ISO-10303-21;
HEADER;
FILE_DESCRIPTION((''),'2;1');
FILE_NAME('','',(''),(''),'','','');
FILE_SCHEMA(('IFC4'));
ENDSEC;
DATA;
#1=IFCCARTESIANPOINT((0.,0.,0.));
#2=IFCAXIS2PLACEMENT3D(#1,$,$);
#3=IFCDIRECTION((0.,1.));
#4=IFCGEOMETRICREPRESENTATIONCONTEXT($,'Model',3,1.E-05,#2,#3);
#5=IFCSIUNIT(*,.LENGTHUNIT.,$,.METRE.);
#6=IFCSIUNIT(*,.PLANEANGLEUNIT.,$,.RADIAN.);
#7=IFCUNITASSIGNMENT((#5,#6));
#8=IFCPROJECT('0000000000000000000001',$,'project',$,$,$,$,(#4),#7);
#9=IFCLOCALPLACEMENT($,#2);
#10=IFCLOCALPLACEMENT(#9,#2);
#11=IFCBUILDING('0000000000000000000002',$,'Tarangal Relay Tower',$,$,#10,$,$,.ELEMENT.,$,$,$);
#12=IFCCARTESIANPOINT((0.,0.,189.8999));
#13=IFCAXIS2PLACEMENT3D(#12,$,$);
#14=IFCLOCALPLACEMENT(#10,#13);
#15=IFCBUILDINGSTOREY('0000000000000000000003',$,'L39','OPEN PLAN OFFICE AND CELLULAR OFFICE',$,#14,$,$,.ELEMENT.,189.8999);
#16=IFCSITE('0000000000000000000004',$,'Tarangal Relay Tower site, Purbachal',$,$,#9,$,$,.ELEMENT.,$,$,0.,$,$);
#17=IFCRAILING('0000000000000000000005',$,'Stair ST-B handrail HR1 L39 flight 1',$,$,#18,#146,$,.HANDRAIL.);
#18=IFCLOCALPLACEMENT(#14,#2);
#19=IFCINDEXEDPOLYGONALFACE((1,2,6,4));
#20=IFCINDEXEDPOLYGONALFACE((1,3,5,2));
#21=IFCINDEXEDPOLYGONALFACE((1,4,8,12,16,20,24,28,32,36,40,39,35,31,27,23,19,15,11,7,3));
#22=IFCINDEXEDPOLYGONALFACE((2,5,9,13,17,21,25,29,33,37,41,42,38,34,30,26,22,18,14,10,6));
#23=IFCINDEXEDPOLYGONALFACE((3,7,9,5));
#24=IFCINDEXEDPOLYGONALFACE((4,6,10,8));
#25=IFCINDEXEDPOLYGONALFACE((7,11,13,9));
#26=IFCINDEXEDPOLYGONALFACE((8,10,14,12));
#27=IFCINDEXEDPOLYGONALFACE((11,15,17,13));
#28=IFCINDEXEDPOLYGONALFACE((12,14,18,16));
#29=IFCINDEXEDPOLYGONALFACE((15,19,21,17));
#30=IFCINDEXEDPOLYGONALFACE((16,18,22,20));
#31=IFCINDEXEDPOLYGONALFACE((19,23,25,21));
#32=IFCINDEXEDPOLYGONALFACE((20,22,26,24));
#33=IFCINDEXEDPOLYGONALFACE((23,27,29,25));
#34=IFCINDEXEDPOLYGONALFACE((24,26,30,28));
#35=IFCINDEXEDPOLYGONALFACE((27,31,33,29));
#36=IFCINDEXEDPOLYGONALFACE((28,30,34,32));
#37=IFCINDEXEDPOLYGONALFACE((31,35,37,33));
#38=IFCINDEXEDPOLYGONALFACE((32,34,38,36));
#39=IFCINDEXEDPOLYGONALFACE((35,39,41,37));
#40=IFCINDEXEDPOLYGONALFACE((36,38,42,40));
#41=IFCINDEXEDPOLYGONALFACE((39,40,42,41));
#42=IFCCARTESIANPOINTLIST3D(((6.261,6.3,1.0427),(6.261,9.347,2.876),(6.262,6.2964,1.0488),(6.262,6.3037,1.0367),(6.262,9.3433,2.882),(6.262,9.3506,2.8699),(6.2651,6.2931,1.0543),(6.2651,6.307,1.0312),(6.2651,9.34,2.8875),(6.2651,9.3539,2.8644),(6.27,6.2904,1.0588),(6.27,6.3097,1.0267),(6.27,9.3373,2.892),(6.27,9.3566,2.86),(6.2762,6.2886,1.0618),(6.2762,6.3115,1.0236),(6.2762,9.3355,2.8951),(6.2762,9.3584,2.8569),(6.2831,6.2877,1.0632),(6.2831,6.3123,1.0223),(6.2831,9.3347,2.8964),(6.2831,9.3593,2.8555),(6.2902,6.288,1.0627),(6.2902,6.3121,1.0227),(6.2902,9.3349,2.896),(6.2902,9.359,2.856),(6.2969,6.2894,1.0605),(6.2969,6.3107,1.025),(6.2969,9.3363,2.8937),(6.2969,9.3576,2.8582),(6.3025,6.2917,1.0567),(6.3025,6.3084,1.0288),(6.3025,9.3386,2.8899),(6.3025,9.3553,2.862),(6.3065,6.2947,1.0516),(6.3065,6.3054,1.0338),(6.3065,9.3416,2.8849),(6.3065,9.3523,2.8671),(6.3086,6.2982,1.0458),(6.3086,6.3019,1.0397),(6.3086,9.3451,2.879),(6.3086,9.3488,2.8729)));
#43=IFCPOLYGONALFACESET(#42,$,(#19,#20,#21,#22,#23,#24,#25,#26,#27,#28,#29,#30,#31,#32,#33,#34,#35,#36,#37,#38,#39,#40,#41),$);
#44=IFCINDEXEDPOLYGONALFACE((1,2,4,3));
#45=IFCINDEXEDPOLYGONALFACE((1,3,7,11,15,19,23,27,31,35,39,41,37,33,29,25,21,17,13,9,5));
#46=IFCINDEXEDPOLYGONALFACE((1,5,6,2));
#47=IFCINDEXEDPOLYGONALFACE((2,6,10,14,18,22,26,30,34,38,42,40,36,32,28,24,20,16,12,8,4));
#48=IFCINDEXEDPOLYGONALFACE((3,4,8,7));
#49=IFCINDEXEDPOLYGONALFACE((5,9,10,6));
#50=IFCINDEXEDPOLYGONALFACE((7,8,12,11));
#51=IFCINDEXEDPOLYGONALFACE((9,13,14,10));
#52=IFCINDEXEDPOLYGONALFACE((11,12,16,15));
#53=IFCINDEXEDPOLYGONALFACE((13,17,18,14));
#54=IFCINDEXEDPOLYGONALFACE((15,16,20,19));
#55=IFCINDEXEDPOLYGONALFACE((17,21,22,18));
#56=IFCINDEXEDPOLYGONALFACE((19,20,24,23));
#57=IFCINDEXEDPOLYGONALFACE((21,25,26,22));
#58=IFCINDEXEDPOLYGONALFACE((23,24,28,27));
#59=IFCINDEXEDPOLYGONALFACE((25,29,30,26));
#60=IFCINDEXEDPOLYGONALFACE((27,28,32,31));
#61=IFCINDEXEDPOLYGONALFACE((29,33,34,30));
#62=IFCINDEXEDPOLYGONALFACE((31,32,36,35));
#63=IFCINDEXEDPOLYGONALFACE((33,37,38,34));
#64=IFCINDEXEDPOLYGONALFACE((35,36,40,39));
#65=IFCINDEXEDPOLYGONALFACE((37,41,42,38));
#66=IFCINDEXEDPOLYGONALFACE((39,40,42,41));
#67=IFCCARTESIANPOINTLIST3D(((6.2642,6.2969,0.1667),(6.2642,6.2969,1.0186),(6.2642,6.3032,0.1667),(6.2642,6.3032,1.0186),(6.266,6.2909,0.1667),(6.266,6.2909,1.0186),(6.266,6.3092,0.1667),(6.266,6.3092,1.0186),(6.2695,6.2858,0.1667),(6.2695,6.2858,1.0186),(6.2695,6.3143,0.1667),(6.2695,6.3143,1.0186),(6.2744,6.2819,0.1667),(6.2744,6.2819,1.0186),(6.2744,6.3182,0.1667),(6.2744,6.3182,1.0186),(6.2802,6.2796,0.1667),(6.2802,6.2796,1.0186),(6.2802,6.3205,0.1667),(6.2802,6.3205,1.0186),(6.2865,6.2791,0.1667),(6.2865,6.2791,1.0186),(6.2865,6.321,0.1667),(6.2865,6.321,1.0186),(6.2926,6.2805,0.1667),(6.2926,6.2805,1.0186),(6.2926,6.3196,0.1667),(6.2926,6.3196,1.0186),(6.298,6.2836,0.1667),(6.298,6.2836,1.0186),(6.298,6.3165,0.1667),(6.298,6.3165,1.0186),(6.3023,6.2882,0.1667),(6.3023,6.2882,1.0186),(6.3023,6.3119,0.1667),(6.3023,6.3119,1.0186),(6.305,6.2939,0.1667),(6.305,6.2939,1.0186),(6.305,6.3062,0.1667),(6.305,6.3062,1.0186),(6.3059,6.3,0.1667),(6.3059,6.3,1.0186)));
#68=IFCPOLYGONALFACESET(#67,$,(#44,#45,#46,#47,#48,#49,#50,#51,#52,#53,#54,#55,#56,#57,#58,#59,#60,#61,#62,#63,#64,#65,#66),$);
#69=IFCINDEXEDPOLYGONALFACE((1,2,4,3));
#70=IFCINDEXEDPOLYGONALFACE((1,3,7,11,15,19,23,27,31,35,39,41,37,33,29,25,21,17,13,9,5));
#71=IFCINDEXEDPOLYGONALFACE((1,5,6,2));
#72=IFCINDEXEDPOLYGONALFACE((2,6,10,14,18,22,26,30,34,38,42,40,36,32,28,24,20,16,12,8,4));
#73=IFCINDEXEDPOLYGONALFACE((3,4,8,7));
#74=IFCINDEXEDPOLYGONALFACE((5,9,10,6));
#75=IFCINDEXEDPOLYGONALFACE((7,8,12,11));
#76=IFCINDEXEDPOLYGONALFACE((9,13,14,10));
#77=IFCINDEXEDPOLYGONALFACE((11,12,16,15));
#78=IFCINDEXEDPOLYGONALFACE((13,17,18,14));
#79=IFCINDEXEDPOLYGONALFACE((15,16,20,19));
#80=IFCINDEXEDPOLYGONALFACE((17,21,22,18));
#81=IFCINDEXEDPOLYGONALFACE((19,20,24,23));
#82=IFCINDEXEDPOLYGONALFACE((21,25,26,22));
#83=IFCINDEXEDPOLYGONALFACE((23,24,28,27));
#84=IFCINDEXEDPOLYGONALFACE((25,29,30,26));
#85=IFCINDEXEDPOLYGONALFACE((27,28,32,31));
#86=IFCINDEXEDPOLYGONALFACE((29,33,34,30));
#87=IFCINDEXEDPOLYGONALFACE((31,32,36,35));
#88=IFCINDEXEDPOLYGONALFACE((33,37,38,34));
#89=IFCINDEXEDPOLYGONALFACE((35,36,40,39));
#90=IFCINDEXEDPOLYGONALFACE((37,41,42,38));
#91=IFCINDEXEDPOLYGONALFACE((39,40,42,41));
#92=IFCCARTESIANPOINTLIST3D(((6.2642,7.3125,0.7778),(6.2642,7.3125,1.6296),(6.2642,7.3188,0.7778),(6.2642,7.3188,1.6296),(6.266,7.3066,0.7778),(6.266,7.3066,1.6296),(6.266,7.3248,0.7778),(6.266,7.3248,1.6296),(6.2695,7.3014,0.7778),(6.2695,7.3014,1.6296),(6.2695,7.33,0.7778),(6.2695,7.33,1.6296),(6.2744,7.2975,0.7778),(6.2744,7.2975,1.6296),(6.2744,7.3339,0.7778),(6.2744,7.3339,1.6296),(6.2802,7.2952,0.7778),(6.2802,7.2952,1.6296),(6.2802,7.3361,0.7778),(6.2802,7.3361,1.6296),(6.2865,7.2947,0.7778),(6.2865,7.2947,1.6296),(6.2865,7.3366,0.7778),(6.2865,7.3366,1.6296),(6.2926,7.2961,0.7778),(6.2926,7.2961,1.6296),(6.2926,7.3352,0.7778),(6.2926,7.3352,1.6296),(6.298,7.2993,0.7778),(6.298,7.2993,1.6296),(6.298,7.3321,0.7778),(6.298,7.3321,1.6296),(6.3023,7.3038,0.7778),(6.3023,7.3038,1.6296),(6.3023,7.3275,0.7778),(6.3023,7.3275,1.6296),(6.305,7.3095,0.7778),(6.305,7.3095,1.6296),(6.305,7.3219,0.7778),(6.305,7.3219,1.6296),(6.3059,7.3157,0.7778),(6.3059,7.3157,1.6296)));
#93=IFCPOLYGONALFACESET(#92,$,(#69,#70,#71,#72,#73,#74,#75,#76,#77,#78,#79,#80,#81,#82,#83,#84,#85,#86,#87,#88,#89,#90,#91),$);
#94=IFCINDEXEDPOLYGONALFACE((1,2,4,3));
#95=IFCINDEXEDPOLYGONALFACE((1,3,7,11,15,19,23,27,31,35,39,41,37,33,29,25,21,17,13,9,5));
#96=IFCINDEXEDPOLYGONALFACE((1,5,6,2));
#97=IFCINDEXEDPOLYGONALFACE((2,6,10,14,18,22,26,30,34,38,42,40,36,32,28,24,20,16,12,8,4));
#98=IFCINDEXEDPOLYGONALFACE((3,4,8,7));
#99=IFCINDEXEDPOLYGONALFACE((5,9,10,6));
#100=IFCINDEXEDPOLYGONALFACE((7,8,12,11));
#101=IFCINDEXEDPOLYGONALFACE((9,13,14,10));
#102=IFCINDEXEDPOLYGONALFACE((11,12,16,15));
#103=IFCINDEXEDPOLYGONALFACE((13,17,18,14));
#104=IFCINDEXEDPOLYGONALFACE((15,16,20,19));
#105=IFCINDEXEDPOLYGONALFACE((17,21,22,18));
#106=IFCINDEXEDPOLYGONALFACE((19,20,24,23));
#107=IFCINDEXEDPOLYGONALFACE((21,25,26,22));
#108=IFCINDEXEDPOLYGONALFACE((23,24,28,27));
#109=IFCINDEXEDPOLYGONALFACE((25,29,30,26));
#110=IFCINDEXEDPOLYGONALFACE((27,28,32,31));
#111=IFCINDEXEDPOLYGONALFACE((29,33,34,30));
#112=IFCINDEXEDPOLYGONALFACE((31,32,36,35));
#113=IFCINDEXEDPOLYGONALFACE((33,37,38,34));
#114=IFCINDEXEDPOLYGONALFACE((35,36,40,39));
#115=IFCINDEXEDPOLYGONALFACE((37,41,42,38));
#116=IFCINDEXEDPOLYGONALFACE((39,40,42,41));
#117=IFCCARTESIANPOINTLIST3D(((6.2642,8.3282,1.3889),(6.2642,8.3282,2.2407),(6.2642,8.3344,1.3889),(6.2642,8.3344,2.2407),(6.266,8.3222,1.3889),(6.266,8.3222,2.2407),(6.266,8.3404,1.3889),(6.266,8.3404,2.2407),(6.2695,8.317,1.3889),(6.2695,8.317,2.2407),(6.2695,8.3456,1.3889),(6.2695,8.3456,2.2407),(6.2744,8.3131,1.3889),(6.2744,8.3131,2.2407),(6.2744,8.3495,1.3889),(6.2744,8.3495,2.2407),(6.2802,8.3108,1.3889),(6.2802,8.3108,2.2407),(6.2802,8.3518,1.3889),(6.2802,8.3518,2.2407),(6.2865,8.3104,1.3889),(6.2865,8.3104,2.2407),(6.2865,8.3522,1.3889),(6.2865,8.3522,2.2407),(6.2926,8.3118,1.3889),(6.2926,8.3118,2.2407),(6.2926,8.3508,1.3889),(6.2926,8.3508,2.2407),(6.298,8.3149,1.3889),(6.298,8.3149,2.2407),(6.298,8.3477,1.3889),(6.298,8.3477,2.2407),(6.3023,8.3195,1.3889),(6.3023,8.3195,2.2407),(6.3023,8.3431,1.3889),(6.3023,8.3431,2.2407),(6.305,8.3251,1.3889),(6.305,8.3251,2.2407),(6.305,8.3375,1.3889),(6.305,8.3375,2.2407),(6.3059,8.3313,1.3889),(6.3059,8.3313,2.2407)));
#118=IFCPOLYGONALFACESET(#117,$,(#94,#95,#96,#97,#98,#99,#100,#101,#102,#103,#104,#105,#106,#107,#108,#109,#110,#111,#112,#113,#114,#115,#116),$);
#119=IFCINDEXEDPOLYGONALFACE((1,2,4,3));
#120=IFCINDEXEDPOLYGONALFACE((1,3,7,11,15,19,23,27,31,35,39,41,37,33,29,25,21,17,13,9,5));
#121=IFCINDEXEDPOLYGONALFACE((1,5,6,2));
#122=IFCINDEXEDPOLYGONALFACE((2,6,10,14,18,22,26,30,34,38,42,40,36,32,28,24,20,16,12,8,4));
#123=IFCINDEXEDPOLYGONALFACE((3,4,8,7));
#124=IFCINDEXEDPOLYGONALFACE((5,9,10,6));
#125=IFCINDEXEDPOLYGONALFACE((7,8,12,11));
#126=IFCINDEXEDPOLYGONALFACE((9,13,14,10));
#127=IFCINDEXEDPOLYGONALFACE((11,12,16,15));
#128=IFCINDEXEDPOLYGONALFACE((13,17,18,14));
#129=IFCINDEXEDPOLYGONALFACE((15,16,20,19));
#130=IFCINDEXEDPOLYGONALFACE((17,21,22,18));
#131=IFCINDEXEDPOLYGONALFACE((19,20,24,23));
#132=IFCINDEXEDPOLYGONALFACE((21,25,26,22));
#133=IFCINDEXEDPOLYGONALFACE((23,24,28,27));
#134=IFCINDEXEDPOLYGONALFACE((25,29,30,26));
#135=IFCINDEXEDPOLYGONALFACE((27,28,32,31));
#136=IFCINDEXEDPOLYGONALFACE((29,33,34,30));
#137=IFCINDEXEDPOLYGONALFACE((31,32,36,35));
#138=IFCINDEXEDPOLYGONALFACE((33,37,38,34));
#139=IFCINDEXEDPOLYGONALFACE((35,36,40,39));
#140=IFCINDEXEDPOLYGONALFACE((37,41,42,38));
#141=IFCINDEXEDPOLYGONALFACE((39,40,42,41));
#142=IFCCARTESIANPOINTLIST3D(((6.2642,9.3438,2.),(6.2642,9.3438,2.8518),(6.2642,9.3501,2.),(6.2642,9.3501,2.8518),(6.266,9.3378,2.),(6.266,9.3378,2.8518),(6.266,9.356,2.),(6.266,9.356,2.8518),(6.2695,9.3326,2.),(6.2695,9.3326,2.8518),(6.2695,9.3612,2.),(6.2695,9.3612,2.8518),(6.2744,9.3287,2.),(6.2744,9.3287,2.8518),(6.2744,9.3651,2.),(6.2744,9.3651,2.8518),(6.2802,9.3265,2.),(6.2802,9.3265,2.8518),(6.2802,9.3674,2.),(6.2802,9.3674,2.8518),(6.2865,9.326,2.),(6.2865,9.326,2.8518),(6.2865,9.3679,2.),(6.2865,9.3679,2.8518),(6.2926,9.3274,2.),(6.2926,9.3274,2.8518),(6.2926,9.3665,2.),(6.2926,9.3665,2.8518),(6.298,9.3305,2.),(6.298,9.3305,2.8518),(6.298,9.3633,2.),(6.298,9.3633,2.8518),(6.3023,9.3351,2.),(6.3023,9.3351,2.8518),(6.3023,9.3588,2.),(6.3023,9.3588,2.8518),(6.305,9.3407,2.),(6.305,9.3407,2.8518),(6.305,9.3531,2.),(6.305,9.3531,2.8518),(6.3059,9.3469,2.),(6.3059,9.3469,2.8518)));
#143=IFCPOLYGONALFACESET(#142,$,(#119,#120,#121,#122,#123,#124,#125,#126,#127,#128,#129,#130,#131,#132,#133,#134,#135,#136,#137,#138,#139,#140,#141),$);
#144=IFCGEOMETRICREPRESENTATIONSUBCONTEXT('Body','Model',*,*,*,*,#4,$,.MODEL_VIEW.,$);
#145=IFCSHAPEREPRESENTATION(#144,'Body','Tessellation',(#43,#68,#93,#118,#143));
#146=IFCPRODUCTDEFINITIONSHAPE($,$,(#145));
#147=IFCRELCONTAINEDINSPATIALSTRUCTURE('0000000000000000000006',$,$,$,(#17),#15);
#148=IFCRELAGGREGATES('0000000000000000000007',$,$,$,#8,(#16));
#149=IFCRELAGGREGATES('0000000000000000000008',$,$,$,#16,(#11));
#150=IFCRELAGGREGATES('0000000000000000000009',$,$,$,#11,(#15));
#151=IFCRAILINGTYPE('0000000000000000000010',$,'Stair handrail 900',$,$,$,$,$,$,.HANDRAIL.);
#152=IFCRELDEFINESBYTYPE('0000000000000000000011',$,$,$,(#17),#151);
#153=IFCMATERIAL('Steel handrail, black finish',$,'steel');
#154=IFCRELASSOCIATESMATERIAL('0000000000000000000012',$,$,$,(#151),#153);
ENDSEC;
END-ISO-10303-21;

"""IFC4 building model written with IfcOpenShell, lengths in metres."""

from ifc_helpers import new_model, si_unit, direction, frame, origin, origin_2d, place, context, subcontext, project, spatial, circle, extrude, material, type_object, element, save


model = new_model("IFC4")

# Units and contexts
model_context = context("Model", 3, precision=1e-05, world=origin(), true_north=direction((0.0, 1.0)))
body_context = subcontext(model_context, "Body", "Model", "MODEL_VIEW")
ifc_project = project(units=[si_unit("LENGTHUNIT", "METRE"), si_unit("PLANEANGLEUNIT", "RADIAN")], contexts=[model_context])

# Site, building, storey
site_placement = place(None, origin())
site = spatial("IfcSite", under=ifc_project, at=site_placement, Name="Tarangal Relay Tower site, Purbachal", CompositionType="ELEMENT", RefElevation=0.0)
building_placement = place(site_placement, origin())
building = spatial("IfcBuilding", under=site, at=building_placement, Name="Tarangal Relay Tower", CompositionType="ELEMENT")
storey_placement = place(building_placement, frame((0.0, 0.0, 189.8999)))
storey = spatial("IfcBuildingStorey", under=building, at=storey_placement, Name="L39", Description="OPEN PLAN OFFICE AND CELLULAR OFFICE", CompositionType="ELEMENT", Elevation=189.8999)

# Railing
ifc_material_1 = material(Name="Steel handrail, black finish", Category="steel")
railing_type_1 = type_object("IfcRailingType", Name="Stair handrail 900", PredefinedType="HANDRAIL", material=ifc_material_1)
railing_1_placement = place(storey_placement, frame((6.2849, 6.3, 0.1667)))
element("IfcRailing", 1, at=railing_1_placement, inside=storey, type_object=railing_type_1, Name="Stair ST-B handrail HR1 L39 flight 1", PredefinedType="HANDRAIL", context=body_context, shape_type="SweptSolid", body=[
    extrude(circle(Radius=0.0239, at=origin_2d()), frame((0.0, 0.0, 0.876), z_axis=(0.0, 0.856856, 0.515556), x_axis=(-1.0, 0.0, 0.0)), (0.0, 0.0, 1.0), 3.5559),
    extrude(circle(Radius=0.021, at=origin_2d()), origin(), (0.0, 0.0, 1.0), 0.8518),
    extrude(circle(Radius=0.021, at=origin_2d()), frame((0.0, 1.0156, 0.6111)), (0.0, 0.0, 1.0), 0.8518),
    extrude(circle(Radius=0.021, at=origin_2d()), frame((0.0, 2.0312, 1.2222)), (0.0, 0.0, 1.0), 0.8518),
    extrude(circle(Radius=0.021, at=origin_2d()), frame((0.0, 3.0469, 1.8333)), (0.0, 0.0, 1.0), 0.8518),
])

save(model, "model.ifc")
